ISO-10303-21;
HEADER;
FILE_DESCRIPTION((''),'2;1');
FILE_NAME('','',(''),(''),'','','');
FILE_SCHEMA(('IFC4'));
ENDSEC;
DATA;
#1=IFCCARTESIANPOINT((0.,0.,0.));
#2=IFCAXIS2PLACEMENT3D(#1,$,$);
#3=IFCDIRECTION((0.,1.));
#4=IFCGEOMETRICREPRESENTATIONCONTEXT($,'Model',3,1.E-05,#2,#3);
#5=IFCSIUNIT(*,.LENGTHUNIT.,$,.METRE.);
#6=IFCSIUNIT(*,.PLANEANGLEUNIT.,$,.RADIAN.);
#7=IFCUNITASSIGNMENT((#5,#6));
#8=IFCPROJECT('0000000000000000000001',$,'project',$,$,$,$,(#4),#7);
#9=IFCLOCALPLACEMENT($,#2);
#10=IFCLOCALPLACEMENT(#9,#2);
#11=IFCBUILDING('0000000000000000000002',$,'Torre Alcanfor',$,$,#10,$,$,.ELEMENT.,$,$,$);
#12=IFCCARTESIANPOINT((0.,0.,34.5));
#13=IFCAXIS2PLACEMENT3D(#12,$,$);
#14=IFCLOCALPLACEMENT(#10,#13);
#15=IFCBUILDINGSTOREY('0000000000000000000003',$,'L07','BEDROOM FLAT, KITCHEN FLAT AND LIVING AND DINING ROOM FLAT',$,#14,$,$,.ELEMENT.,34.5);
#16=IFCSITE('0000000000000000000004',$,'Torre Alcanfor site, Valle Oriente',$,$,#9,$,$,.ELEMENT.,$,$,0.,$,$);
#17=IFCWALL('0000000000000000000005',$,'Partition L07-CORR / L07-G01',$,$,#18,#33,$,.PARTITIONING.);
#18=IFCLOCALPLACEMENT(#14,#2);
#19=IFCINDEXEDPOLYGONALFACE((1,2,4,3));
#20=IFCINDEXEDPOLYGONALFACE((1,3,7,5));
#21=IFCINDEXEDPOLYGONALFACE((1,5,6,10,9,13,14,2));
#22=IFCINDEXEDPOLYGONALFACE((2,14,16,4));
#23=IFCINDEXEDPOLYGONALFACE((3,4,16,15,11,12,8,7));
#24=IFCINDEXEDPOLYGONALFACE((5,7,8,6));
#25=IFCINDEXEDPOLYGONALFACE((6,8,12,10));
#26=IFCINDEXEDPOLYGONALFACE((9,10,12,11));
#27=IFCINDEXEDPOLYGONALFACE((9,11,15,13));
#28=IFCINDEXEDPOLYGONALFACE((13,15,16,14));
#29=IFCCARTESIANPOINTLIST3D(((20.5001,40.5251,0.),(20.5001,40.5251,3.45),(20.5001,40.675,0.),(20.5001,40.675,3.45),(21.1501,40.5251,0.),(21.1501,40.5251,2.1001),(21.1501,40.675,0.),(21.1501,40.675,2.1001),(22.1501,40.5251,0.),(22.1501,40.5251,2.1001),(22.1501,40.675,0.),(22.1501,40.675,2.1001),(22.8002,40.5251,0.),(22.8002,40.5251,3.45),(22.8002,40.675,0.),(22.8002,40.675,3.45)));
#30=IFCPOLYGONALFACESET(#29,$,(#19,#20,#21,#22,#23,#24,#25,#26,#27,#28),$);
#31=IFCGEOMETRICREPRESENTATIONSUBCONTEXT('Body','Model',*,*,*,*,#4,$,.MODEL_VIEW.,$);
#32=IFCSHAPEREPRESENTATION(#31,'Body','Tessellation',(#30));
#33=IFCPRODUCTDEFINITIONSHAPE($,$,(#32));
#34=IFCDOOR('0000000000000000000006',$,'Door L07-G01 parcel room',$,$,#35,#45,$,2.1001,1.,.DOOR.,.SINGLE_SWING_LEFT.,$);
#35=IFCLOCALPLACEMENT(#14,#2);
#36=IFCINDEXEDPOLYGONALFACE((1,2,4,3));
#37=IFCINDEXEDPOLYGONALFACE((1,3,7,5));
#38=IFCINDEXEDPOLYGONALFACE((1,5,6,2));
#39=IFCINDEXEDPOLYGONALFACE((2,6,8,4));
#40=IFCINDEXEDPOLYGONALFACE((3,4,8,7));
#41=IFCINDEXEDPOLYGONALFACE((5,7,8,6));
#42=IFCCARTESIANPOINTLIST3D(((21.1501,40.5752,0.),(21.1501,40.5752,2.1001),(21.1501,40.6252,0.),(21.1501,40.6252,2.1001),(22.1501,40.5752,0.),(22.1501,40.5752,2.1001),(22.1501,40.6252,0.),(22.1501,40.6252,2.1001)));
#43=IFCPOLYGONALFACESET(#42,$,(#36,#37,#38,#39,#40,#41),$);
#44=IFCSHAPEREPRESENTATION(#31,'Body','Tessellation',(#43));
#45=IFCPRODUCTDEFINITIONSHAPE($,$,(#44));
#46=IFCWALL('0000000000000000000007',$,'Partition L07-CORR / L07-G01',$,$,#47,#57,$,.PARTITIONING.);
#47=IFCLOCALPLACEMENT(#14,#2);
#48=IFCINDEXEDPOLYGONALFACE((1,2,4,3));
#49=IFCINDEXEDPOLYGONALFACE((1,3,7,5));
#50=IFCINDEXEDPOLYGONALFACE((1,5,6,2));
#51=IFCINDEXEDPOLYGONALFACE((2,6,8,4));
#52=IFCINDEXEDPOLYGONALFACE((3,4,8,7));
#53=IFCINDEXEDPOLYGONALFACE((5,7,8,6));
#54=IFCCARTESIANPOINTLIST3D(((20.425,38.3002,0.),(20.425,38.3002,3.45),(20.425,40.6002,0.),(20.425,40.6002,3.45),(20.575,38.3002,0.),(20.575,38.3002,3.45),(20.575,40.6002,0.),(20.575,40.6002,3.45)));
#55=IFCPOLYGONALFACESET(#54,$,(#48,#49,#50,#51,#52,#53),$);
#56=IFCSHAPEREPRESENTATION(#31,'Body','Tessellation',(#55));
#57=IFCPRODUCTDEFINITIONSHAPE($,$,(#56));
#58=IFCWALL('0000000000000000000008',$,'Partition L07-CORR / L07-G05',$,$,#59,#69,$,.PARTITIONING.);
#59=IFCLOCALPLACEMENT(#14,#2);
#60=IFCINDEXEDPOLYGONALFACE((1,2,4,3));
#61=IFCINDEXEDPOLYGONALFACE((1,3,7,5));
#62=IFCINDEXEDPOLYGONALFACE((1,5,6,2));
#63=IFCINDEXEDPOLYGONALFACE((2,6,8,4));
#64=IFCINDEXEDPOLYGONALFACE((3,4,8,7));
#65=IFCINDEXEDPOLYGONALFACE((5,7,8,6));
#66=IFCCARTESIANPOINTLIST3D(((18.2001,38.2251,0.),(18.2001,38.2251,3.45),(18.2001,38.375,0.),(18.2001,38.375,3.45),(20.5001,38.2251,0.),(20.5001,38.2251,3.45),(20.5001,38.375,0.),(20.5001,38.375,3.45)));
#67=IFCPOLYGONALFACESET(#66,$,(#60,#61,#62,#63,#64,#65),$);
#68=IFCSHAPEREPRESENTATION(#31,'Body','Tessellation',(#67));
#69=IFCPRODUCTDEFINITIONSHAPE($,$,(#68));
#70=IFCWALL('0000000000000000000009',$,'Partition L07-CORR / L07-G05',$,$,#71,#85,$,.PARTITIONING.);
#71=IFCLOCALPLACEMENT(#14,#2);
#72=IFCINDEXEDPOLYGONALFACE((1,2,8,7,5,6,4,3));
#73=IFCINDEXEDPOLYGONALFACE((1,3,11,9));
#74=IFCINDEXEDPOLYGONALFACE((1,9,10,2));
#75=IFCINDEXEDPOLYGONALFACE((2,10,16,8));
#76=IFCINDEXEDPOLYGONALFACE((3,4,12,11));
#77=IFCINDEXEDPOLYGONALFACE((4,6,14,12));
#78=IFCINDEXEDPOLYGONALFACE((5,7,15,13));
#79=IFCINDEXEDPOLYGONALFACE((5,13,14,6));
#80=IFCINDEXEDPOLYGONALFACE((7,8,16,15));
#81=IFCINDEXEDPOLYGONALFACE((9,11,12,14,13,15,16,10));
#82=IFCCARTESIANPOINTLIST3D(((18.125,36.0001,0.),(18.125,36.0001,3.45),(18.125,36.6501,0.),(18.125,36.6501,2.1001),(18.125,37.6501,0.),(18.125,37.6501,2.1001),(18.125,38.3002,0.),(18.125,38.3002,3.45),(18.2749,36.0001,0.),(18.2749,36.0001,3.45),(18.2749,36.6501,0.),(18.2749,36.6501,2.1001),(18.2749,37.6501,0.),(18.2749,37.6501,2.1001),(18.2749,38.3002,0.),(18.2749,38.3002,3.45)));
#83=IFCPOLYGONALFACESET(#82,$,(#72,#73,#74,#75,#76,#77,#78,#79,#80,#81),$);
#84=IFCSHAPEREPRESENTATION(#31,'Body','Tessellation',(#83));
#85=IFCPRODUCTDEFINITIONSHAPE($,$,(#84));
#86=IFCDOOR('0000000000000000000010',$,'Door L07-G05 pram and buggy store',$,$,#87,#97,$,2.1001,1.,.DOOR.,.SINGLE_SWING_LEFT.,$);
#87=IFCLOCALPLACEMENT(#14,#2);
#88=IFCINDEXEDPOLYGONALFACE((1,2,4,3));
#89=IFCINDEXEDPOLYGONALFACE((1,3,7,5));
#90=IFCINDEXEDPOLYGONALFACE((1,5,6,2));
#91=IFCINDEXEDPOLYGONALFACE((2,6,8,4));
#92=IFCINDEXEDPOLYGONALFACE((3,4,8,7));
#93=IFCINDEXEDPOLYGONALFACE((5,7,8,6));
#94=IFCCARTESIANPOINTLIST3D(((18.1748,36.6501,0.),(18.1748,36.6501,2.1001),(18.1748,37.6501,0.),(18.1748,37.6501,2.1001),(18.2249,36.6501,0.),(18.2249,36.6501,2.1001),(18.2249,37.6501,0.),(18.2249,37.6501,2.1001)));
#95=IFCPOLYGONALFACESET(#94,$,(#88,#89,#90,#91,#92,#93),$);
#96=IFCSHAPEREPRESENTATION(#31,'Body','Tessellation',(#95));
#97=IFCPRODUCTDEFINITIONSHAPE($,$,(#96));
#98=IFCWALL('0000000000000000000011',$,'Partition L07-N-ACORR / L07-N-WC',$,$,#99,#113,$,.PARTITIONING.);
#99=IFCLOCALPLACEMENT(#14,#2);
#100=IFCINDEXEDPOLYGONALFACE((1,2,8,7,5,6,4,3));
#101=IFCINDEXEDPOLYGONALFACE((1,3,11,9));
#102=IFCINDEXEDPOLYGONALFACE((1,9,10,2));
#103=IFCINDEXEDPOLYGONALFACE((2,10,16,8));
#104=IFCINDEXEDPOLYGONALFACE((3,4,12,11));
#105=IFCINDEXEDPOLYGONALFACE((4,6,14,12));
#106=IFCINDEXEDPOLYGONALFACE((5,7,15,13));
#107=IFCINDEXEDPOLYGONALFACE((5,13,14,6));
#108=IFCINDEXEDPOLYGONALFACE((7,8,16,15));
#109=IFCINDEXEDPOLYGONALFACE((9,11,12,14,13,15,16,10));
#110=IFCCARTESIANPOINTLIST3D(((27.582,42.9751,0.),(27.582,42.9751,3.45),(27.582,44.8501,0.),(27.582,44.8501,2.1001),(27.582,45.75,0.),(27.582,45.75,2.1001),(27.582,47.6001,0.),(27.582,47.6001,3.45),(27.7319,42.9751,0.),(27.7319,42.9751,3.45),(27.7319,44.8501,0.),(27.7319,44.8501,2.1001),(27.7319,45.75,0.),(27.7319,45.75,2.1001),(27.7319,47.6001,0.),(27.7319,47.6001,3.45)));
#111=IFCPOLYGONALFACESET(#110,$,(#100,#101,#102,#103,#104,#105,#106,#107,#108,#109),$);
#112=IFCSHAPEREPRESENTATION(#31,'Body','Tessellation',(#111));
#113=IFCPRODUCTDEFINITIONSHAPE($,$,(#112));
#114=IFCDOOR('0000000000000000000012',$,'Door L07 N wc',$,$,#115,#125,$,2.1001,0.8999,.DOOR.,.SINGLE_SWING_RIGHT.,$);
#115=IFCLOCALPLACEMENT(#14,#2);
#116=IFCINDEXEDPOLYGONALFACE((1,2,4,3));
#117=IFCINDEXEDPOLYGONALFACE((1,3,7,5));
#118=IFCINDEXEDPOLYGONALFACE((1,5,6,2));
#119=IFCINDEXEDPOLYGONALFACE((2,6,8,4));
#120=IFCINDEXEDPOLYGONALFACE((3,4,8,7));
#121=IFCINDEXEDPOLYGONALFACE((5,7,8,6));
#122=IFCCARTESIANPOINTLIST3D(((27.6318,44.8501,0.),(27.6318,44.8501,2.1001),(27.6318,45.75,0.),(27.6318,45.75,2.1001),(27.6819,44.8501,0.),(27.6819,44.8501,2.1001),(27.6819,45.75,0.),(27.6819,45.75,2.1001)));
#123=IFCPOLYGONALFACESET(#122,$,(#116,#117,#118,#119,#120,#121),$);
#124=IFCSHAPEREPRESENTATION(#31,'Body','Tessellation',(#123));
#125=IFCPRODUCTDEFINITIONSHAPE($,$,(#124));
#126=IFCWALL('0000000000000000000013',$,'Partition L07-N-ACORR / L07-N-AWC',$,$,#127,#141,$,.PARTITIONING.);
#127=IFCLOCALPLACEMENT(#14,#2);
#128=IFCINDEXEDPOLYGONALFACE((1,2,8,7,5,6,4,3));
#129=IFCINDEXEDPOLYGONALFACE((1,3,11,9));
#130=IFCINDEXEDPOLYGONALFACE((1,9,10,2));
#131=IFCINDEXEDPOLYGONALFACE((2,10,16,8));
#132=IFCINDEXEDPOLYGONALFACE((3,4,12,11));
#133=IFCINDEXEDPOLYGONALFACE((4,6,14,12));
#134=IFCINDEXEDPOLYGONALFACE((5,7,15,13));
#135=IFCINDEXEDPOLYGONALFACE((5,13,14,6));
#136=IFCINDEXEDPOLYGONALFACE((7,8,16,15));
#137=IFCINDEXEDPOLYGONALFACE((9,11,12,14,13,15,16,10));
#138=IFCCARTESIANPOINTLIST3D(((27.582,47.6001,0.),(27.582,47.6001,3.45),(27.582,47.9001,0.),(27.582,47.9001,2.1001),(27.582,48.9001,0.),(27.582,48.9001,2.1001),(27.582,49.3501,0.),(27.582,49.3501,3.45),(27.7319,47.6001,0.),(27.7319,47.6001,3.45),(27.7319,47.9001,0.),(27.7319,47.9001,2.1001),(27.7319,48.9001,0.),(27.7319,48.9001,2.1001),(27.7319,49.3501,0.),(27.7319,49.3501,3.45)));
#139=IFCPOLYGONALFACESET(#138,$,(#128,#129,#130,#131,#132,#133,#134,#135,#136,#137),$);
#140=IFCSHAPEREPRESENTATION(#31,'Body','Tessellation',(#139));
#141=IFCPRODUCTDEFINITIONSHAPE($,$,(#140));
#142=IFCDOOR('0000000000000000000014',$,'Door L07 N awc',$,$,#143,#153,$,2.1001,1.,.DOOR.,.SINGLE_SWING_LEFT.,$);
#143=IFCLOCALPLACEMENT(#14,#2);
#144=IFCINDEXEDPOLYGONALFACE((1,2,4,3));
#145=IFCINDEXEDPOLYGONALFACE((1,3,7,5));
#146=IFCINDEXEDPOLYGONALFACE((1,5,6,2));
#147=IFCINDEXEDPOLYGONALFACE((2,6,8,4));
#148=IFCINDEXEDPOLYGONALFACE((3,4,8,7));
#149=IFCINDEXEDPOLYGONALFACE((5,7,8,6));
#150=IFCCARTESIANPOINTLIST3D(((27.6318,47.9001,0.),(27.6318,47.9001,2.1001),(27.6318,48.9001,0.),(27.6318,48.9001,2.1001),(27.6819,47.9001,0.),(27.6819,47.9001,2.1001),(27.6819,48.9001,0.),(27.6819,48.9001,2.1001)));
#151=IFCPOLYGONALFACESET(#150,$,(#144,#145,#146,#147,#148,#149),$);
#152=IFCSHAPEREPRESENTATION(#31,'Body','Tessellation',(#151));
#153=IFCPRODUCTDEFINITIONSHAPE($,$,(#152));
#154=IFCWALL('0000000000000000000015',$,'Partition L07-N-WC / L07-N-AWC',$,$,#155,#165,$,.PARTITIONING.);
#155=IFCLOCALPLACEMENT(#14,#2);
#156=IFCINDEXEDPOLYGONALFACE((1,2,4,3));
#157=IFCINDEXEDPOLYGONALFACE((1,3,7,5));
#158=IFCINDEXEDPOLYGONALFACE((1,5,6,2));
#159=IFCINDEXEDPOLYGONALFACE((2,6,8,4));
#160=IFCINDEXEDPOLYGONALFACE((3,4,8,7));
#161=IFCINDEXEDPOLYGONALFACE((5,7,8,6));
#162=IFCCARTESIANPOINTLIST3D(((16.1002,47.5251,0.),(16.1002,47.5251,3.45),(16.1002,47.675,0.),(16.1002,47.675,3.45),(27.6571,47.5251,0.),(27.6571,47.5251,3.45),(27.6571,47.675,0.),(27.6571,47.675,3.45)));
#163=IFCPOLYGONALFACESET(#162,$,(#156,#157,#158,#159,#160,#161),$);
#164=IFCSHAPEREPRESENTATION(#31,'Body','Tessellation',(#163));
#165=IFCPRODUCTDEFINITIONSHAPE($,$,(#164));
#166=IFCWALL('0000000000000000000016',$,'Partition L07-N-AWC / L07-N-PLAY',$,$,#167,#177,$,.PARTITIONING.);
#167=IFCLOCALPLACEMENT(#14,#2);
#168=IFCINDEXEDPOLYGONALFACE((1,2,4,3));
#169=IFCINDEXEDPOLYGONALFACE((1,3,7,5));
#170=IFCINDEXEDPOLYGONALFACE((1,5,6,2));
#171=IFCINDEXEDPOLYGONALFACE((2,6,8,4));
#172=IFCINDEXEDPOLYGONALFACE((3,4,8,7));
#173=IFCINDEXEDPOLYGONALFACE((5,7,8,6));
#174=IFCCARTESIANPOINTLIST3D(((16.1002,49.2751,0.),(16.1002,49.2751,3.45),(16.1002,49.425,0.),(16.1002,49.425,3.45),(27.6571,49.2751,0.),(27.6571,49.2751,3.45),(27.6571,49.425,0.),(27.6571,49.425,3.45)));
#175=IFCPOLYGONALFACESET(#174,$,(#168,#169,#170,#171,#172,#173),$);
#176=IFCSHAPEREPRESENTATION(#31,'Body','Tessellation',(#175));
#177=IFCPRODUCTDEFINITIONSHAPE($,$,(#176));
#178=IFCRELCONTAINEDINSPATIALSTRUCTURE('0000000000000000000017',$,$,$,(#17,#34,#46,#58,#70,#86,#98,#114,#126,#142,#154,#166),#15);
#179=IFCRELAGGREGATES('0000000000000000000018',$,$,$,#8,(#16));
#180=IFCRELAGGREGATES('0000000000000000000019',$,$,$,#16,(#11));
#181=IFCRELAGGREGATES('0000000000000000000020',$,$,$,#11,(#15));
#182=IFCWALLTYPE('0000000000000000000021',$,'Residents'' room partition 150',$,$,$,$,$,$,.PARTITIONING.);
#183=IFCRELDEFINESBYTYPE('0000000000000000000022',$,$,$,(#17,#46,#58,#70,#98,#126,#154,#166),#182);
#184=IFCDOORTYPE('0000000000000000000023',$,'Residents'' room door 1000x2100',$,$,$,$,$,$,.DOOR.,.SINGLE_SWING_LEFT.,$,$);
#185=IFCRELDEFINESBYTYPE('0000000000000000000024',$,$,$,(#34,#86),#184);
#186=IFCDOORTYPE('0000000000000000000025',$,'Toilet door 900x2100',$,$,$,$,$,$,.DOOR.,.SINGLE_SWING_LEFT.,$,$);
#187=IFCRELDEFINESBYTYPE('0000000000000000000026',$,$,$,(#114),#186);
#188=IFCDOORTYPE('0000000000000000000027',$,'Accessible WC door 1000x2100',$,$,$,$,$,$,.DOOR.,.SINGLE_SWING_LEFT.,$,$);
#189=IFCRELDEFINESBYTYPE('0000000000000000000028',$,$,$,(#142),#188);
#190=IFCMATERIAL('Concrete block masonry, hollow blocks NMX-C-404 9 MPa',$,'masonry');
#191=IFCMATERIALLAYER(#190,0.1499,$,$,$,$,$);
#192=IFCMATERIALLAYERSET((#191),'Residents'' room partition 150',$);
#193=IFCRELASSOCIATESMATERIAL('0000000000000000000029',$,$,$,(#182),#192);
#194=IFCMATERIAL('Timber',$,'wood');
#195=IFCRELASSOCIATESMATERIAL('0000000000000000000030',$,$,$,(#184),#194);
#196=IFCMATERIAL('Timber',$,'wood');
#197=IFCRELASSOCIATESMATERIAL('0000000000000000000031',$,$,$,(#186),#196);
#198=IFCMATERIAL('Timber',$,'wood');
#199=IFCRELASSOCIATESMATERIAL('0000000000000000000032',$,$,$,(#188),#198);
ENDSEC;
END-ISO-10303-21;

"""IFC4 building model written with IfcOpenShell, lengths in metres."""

from ifc_helpers import new_model, si_unit, direction, frame, frame_2d, origin, place, context, subcontext, project, spatial, rectangle, extrude, material, layer, layer_set, type_object, element, fill, save


model = new_model("IFC4")

# Units and contexts
model_context = context("Model", 3, precision=1e-05, world=origin(), true_north=direction((0.0, 1.0)))
body_context = subcontext(model_context, "Body", "Model", "MODEL_VIEW")
ifc_project = project(units=[si_unit("LENGTHUNIT", "METRE"), si_unit("PLANEANGLEUNIT", "RADIAN")], contexts=[model_context])

# Site, building, storey
site_placement = place(None, origin())
site = spatial("IfcSite", under=ifc_project, at=site_placement, Name="Torre Alcanfor site, Valle Oriente", CompositionType="ELEMENT", RefElevation=0.0)
building_placement = place(site_placement, origin())
building = spatial("IfcBuilding", under=site, at=building_placement, Name="Torre Alcanfor", CompositionType="ELEMENT")
storey_placement = place(building_placement, frame((0.0, 0.0, 34.5)))
storey = spatial("IfcBuildingStorey", under=building, at=storey_placement, Name="L07", Description="BEDROOM FLAT, KITCHEN FLAT AND LIVING AND DINING ROOM FLAT", CompositionType="ELEMENT", Elevation=34.5)

# Shared definitions
ifc_material_1 = material(Name="Concrete block masonry, hollow blocks NMX-C-404 9 MPa", Category="masonry")
ifc_layer = layer(ifc_material_1, 0.1499)
ifc_layer_set = layer_set([ifc_layer], Name="Residents' room partition 150")
wall_type = type_object("IfcWallType", Name="Residents' room partition 150", PredefinedType="PARTITIONING", material=ifc_layer_set)

# Wall, opening, door
wall_1_placement = place(storey_placement, frame((22.8, 40.6001, 0.0), z_axis=(0.0, 0.0, 1.0), x_axis=(-1.0, 0.0, 0.0)))
wall_1 = element("IfcWall", 1, at=wall_1_placement, inside=storey, type_object=wall_type, Name="Partition L07-CORR / L07-G01", PredefinedType="PARTITIONING", context=body_context, shape_type="SweptSolid", body=[
    extrude(rectangle(XDim=2.3, YDim=0.1499, at=frame_2d((1.1499, 0.0))), origin(), (0.0, 0.0, 1.0), 3.45),
])
opening_1_placement = place(wall_1_placement, frame((0.6499, 0.0, 0.0)))
opening_1 = element("IfcOpeningElement", 2, at=opening_1_placement, cuts=wall_1, PredefinedType="OPENING", context=body_context, shape_type="SweptSolid", body=[
    extrude(rectangle(XDim=1.0, YDim=2.1001, at=frame_2d((0.5, 1.05))), frame((0.0, 0.085, 0.0), z_axis=(0.0, -1.0, 0.0), x_axis=(1.0, 0.0, 0.0)), (0.0, 0.0, 1.0), 0.1699),
])
ifc_material_2 = material(Name="Timber", Category="wood")
door_type_1 = type_object("IfcDoorType", Name="Residents' room door 1000x2100", OperationType="SINGLE_SWING_LEFT", PredefinedType="DOOR", material=ifc_material_2)
door_1_placement = place(opening_1_placement, origin())
door_1 = element("IfcDoor", 3, at=door_1_placement, inside=storey, type_object=door_type_1, Name="Door L07-G01 parcel room", OperationType="SINGLE_SWING_LEFT", OverallHeight=2.1001, OverallWidth=1.0, PredefinedType="DOOR", context=body_context, shape_type="SweptSolid", body=[
    extrude(rectangle(XDim=1.0, YDim=2.1001, at=frame_2d((0.5, 1.05))), frame((0.0, 0.0249, 0.0), z_axis=(0.0, -1.0, 0.0), x_axis=(1.0, 0.0, 0.0)), (0.0, 0.0, 1.0), 0.05),
])
fill(opening_1, door_1)

# Walls
for number, where, z_axis, x_axis, name in (
    (4, (20.5, 40.6001, 0.0), (0.0, 0.0, 1.0), (0.0, -1.0, 0.0), "Partition L07-CORR / L07-G01"),
    (5, (20.5, 38.3, 0.0), (0.0, 0.0, 1.0), (-1.0, 0.0, 0.0), "Partition L07-CORR / L07-G05"),
):
    element("IfcWall", number, at=place(storey_placement, frame(where, z_axis=z_axis, x_axis=x_axis)), inside=storey, type_object=wall_type, Name=name, PredefinedType="PARTITIONING", context=body_context, shape_type="SweptSolid", body=[
        extrude(rectangle(XDim=2.3, YDim=0.1499, at=frame_2d((1.1499, 0.0))), origin(), (0.0, 0.0, 1.0), 3.45),
    ])

# Walls, openings, doors
wall_2_placement = place(storey_placement, frame((18.2, 38.3, 0.0), z_axis=(0.0, 0.0, 1.0), x_axis=(0.0, -1.0, 0.0)))
wall_2 = element("IfcWall", 6, at=wall_2_placement, inside=storey, type_object=wall_type, Name="Partition L07-CORR / L07-G05", PredefinedType="PARTITIONING", context=body_context, shape_type="SweptSolid", body=[
    extrude(rectangle(XDim=2.3, YDim=0.1499, at=frame_2d((1.1499, 0.0))), origin(), (0.0, 0.0, 1.0), 3.45),
])
opening_2_placement = place(wall_2_placement, frame((0.6499, 0.0, 0.0)))
opening_2 = element("IfcOpeningElement", 7, at=opening_2_placement, cuts=wall_2, PredefinedType="OPENING", context=body_context, shape_type="SweptSolid", body=[
    extrude(rectangle(XDim=1.0, YDim=2.1001, at=frame_2d((0.5, 1.05))), frame((0.0, 0.085, 0.0), z_axis=(0.0, -1.0, 0.0), x_axis=(1.0, 0.0, 0.0)), (0.0, 0.0, 1.0), 0.1699),
])
door_2_placement = place(opening_2_placement, origin())
door_2 = element("IfcDoor", 8, at=door_2_placement, inside=storey, type_object=door_type_1, Name="Door L07-G05 pram and buggy store", OperationType="SINGLE_SWING_LEFT", OverallHeight=2.1001, OverallWidth=1.0, PredefinedType="DOOR", context=body_context, shape_type="SweptSolid", body=[
    extrude(rectangle(XDim=1.0, YDim=2.1001, at=frame_2d((0.5, 1.05))), frame((0.0, 0.0249, 0.0), z_axis=(0.0, -1.0, 0.0), x_axis=(1.0, 0.0, 0.0)), (0.0, 0.0, 1.0), 0.05),
])
fill(opening_2, door_2)
wall_3_placement = place(storey_placement, frame((27.657, 47.6001, 0.0), z_axis=(0.0, 0.0, 1.0), x_axis=(0.0, -1.0, 0.0)))
wall_3 = element("IfcWall", 9, at=wall_3_placement, inside=storey, type_object=wall_type, Name="Partition L07-N-ACORR / L07-N-WC", PredefinedType="PARTITIONING", context=body_context, shape_type="SweptSolid", body=[
    extrude(rectangle(XDim=4.625, YDim=0.1499, at=frame_2d((2.3125, 0.0))), origin(), (0.0, 0.0, 1.0), 3.45),
])
opening_3_placement = place(wall_3_placement, frame((1.8501, 0.0, 0.0)))
opening_3 = element("IfcOpeningElement", 10, at=opening_3_placement, cuts=wall_3, PredefinedType="OPENING", context=body_context, shape_type="SweptSolid", body=[
    extrude(rectangle(XDim=0.8999, YDim=2.1001, at=frame_2d((0.45, 1.05))), frame((0.0, 0.085, 0.0), z_axis=(0.0, -1.0, 0.0), x_axis=(1.0, 0.0, 0.0)), (0.0, 0.0, 1.0), 0.1699),
])
ifc_material_3 = material(Name="Timber", Category="wood")
door_type_2 = type_object("IfcDoorType", Name="Toilet door 900x2100", OperationType="SINGLE_SWING_LEFT", PredefinedType="DOOR", material=ifc_material_3)
door_3_placement = place(opening_3_placement, frame((0.8999, 0.0, 0.0), z_axis=(0.0, 0.0, 1.0), x_axis=(-1.0, 0.0, 0.0)))
door_3 = element("IfcDoor", 11, at=door_3_placement, inside=storey, type_object=door_type_2, Name="Door L07 N wc", OperationType="SINGLE_SWING_RIGHT", OverallHeight=2.1001, OverallWidth=0.8999, PredefinedType="DOOR", context=body_context, shape_type="SweptSolid", body=[
    extrude(rectangle(XDim=0.8999, YDim=2.1001, at=frame_2d((0.45, 1.05))), frame((0.0, 0.0251, 0.0), z_axis=(0.0, -1.0, 0.0), x_axis=(1.0, 0.0, 0.0)), (0.0, 0.0, 1.0), 0.05),
])
fill(opening_3, door_3)
wall_4_placement = place(storey_placement, frame((27.657, 49.3501, 0.0), z_axis=(0.0, 0.0, 1.0), x_axis=(0.0, -1.0, 0.0)))
wall_4 = element("IfcWall", 12, at=wall_4_placement, inside=storey, type_object=wall_type, Name="Partition L07-N-ACORR / L07-N-AWC", PredefinedType="PARTITIONING", context=body_context, shape_type="SweptSolid", body=[
    extrude(rectangle(XDim=1.75, YDim=0.1499, at=frame_2d((0.875, 0.0))), origin(), (0.0, 0.0, 1.0), 3.45),
])
opening_4_placement = place(wall_4_placement, frame((0.45, 0.0, 0.0)))
opening_4 = element("IfcOpeningElement", 13, at=opening_4_placement, cuts=wall_4, PredefinedType="OPENING", context=body_context, shape_type="SweptSolid", body=[
    extrude(rectangle(XDim=1.0, YDim=2.1001, at=frame_2d((0.5, 1.05))), frame((0.0, 0.085, 0.0), z_axis=(0.0, -1.0, 0.0), x_axis=(1.0, 0.0, 0.0)), (0.0, 0.0, 1.0), 0.1699),
])
ifc_material_4 = material(Name="Timber", Category="wood")
door_type_3 = type_object("IfcDoorType", Name="Accessible WC door 1000x2100", OperationType="SINGLE_SWING_LEFT", PredefinedType="DOOR", material=ifc_material_4)
door_4_placement = place(opening_4_placement, origin())
door_4 = element("IfcDoor", 14, at=door_4_placement, inside=storey, type_object=door_type_3, Name="Door L07 N awc", OperationType="SINGLE_SWING_LEFT", OverallHeight=2.1001, OverallWidth=1.0, PredefinedType="DOOR", context=body_context, shape_type="SweptSolid", body=[
    extrude(rectangle(XDim=1.0, YDim=2.1001, at=frame_2d((0.5, 1.05))), frame((0.0, 0.0249, 0.0), z_axis=(0.0, -1.0, 0.0), x_axis=(1.0, 0.0, 0.0)), (0.0, 0.0, 1.0), 0.05),
])
fill(opening_4, door_4)

# Walls
for number, where, z_axis, x_axis, name in (
    (15, (27.657, 47.6001, 0.0), (0.0, 0.0, 1.0), (-1.0, 0.0, 0.0), "Partition L07-N-WC / L07-N-AWC"),
    (16, (27.657, 49.3501, 0.0), (0.0, 0.0, 1.0), (-1.0, 0.0, 0.0), "Partition L07-N-AWC / L07-N-PLAY"),
):
    element("IfcWall", number, at=place(storey_placement, frame(where, z_axis=z_axis, x_axis=x_axis)), inside=storey, type_object=wall_type, Name=name, PredefinedType="PARTITIONING", context=body_context, shape_type="SweptSolid", body=[
        extrude(rectangle(XDim=11.5569, YDim=0.1499, at=frame_2d((5.7783, 0.0))), origin(), (0.0, 0.0, 1.0), 3.45),
    ])

save(model, "model.ifc")
